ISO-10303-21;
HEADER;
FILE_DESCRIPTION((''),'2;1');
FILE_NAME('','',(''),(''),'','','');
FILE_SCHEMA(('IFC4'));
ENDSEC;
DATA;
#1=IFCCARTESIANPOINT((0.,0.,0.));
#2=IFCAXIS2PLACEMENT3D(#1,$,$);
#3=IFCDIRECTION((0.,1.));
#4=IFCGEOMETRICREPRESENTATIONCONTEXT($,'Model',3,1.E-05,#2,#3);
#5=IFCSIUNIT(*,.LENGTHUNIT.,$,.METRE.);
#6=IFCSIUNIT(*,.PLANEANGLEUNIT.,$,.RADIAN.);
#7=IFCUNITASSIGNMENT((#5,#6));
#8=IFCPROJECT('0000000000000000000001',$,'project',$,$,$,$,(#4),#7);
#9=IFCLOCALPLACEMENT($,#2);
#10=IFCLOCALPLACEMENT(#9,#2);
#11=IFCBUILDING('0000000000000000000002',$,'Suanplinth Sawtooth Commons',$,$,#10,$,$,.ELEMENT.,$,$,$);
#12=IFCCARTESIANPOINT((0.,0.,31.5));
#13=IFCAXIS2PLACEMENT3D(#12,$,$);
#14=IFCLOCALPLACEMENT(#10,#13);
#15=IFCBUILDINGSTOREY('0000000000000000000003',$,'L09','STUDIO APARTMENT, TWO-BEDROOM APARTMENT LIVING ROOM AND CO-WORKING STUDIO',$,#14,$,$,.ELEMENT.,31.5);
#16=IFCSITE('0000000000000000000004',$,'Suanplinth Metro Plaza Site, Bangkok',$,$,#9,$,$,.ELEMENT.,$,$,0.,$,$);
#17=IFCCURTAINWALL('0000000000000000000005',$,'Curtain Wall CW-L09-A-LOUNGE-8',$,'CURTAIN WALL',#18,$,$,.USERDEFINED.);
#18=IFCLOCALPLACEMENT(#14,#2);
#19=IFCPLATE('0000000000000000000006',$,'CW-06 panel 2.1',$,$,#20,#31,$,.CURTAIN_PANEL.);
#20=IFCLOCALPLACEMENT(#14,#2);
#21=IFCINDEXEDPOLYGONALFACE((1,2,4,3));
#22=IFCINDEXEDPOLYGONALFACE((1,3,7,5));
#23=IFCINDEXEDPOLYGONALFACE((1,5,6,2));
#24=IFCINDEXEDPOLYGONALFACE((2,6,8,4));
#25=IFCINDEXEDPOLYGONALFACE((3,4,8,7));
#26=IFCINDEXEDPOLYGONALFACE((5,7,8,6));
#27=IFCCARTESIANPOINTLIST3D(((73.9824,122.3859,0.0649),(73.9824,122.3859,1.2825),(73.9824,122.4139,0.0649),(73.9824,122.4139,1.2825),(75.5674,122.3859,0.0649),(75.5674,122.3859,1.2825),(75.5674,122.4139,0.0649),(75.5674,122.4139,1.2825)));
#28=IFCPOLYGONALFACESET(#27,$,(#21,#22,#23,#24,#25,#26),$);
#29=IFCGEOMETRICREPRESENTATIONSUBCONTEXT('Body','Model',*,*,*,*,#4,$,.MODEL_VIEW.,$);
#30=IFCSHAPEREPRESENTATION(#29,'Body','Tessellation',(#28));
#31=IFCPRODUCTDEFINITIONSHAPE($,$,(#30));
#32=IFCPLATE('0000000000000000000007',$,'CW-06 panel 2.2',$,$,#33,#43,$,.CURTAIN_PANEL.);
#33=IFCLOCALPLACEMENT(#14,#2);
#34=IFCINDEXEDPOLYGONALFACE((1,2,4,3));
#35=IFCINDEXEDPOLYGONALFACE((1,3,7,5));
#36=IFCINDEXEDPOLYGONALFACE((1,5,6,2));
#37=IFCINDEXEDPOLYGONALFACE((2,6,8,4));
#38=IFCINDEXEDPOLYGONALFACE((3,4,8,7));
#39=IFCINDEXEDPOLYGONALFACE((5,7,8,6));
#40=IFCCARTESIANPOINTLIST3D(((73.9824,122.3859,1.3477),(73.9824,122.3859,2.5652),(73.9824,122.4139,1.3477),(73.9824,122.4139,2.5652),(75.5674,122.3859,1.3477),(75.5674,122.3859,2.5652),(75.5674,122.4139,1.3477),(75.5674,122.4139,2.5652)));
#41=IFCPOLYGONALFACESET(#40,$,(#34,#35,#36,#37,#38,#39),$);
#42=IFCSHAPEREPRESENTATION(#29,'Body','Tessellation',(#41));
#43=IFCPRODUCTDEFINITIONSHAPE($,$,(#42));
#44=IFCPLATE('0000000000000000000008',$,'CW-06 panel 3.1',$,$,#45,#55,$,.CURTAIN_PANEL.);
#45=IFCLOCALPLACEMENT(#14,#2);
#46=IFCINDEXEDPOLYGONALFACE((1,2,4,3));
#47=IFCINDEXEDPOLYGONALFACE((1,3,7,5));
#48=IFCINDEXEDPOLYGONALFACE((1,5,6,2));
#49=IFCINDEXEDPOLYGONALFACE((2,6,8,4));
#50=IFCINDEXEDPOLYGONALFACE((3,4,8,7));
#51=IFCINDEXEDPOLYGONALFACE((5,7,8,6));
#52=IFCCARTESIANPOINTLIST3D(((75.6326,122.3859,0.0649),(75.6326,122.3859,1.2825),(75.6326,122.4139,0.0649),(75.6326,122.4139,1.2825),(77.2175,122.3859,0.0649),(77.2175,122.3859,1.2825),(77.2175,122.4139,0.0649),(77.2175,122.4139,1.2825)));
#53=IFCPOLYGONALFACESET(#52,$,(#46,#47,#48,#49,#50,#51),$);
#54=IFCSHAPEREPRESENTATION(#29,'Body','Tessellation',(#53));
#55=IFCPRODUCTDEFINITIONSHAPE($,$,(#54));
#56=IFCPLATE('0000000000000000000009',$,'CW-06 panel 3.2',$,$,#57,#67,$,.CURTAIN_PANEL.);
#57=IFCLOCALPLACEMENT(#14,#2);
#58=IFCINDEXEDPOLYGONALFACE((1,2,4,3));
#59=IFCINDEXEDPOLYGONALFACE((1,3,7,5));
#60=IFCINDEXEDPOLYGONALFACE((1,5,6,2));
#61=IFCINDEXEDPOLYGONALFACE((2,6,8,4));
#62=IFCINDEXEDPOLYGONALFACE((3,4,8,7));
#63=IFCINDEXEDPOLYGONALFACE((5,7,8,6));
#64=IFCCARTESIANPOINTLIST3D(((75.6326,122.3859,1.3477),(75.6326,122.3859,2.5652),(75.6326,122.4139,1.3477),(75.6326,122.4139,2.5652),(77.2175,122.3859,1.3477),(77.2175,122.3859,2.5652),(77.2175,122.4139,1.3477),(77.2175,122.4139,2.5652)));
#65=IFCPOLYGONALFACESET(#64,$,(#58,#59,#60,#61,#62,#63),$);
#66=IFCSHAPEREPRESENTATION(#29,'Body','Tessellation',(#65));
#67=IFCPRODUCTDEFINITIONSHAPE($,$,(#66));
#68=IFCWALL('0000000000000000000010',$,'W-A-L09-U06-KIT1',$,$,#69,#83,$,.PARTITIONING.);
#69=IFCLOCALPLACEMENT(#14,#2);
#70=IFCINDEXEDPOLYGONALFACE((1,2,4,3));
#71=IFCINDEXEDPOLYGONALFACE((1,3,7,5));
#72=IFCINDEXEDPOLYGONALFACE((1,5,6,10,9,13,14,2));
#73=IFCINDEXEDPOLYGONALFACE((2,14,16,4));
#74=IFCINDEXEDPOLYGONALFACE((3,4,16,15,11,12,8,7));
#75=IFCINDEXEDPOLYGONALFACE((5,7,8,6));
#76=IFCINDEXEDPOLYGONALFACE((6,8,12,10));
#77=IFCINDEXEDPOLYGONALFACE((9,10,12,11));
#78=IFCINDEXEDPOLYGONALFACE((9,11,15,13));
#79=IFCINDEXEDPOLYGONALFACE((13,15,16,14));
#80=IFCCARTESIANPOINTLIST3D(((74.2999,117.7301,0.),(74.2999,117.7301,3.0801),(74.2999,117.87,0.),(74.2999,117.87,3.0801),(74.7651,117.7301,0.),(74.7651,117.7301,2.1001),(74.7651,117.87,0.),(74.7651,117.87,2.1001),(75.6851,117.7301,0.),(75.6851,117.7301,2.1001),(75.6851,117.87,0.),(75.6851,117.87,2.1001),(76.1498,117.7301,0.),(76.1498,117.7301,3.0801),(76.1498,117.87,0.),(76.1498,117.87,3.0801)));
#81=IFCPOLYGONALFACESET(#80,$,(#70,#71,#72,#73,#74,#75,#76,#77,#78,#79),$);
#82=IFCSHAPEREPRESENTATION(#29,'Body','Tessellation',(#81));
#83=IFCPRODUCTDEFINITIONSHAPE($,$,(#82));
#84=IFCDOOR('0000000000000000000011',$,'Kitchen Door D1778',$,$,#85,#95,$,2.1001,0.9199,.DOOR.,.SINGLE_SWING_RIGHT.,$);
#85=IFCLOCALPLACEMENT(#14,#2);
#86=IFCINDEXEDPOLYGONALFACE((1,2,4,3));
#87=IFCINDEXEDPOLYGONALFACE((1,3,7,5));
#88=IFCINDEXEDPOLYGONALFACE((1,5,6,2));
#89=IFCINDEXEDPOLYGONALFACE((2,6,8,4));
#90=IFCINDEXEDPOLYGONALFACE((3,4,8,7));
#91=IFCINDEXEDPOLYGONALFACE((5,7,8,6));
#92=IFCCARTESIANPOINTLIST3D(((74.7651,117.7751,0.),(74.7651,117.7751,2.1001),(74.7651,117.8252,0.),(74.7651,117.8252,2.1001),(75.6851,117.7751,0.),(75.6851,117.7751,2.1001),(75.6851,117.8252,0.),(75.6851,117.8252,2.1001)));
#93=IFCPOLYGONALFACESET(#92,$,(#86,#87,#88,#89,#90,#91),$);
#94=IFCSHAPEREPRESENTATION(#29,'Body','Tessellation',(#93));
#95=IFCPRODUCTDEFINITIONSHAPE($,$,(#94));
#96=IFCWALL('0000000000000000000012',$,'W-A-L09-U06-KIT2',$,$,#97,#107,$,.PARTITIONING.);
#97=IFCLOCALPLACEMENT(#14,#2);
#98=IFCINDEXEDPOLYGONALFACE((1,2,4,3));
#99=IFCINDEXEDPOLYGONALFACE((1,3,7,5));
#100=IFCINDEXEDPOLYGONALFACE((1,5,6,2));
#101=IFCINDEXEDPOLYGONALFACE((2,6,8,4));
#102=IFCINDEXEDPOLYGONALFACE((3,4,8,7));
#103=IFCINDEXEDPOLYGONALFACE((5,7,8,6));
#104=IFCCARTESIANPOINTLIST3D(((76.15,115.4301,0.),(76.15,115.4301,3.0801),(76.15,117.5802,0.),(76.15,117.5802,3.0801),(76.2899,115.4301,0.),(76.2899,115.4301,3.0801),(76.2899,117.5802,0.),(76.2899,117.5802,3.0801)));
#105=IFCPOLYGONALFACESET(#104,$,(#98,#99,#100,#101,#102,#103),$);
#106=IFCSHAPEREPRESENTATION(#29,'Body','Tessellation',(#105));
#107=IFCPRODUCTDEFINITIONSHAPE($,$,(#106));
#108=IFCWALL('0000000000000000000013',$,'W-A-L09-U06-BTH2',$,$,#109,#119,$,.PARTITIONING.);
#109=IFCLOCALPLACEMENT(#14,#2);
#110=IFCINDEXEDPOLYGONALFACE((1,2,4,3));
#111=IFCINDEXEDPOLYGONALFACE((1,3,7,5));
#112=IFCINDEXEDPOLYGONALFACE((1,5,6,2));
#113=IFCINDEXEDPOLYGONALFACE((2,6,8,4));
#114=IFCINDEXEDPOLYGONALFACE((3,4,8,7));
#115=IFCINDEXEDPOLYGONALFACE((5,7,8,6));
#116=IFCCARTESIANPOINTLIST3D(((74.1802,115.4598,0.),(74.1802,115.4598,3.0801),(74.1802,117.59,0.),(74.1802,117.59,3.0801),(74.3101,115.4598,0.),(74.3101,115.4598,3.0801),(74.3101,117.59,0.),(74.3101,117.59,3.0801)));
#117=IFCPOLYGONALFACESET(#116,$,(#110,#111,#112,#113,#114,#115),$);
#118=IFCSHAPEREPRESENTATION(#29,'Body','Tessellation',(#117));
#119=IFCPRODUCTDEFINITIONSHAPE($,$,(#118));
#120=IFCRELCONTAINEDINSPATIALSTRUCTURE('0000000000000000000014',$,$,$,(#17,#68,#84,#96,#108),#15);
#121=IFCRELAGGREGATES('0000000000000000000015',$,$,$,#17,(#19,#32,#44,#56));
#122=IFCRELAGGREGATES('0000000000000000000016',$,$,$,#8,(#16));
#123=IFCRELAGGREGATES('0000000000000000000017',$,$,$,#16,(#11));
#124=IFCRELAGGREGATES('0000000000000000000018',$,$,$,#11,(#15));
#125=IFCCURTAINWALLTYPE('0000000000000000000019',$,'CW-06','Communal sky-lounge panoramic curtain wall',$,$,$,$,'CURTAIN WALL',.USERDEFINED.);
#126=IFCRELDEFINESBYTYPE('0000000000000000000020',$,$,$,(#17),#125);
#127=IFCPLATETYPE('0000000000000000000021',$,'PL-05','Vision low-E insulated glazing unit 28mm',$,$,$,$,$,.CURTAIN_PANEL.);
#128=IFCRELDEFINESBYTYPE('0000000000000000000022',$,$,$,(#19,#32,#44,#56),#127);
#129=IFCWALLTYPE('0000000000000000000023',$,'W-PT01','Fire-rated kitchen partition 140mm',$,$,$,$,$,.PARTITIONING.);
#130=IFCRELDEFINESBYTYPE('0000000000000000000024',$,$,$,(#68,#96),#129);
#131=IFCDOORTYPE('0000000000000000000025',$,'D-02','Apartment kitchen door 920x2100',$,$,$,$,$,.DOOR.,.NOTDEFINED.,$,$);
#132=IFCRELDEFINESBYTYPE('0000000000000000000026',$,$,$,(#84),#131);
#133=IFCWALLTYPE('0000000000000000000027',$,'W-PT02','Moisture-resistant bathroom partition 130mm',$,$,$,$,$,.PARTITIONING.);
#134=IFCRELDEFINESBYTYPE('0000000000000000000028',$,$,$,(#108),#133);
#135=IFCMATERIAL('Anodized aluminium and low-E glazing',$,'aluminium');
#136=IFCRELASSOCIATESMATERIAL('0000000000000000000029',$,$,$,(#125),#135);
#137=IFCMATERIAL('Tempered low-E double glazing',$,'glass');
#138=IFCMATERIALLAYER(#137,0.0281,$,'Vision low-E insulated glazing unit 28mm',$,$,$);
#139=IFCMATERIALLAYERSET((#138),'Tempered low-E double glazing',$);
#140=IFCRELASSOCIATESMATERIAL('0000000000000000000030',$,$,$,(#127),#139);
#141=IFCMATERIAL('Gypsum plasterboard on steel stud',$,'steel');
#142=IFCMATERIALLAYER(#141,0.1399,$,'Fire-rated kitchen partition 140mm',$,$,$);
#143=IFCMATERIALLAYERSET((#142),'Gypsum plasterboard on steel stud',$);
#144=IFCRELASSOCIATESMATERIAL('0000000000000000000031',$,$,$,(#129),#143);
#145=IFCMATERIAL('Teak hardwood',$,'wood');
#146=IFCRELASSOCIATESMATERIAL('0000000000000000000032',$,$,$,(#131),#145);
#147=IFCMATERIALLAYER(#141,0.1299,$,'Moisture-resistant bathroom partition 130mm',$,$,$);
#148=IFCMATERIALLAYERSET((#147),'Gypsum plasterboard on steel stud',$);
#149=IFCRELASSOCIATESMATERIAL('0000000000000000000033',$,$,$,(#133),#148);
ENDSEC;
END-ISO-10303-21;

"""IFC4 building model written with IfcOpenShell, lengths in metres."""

from ifc_helpers import new_model, si_unit, direction, frame, frame_2d, origin, origin_2d, place, context, subcontext, project, spatial, rectangle, extrude, material, layer, layer_set, type_object, element, fill, aggregate, save


model = new_model("IFC4")

# Units and contexts
model_context = context("Model", 3, precision=1e-05, world=origin(), true_north=direction((0.0, 1.0)))
body_context = subcontext(model_context, "Body", "Model", "MODEL_VIEW")
ifc_project = project(units=[si_unit("LENGTHUNIT", "METRE"), si_unit("PLANEANGLEUNIT", "RADIAN")], contexts=[model_context])

# Site, building, storey
site_placement = place(None, origin())
site = spatial("IfcSite", under=ifc_project, at=site_placement, Name="Suanplinth Metro Plaza Site, Bangkok", CompositionType="ELEMENT", RefElevation=0.0)
building_placement = place(site_placement, origin())
building = spatial("IfcBuilding", under=site, at=building_placement, Name="Suanplinth Sawtooth Commons", CompositionType="ELEMENT")
storey_placement = place(building_placement, frame((0.0, 0.0, 31.5)))
storey = spatial("IfcBuildingStorey", under=building, at=storey_placement, Name="L09", Description="STUDIO APARTMENT, TWO-BEDROOM APARTMENT LIVING ROOM AND CO-WORKING STUDIO", CompositionType="ELEMENT", Elevation=31.5)

# Curtain wall, plates
ifc_material_1 = material(Name="Anodized aluminium and low-E glazing", Category="aluminium")
curtain_wall_type = type_object("IfcCurtainWallType", Name="CW-06", Description="Communal sky-lounge panoramic curtain wall", ElementType="CURTAIN WALL", PredefinedType="USERDEFINED", material=ifc_material_1)
curtain_wall_placement = place(storey_placement, origin())
curtain_wall = element("IfcCurtainWall", 1, at=curtain_wall_placement, inside=storey, type_object=curtain_wall_type, Name="Curtain Wall CW-L09-A-LOUNGE-8", ObjectType="CURTAIN WALL", PredefinedType="USERDEFINED")
ifc_material_2 = material(Name="Tempered low-E double glazing", Category="glass")
ifc_layer_1 = layer(ifc_material_2, 0.0281, Name="Vision low-E insulated glazing unit 28mm")
ifc_layer_set_1 = layer_set([ifc_layer_1], Name="Tempered low-E double glazing")
plate_type = type_object("IfcPlateType", Name="PL-05", Description="Vision low-E insulated glazing unit 28mm", PredefinedType="CURTAIN_PANEL", material=ifc_layer_set_1)
plate_1_placement = place(storey_placement, frame((74.7749, 122.3999, 0.0649), z_axis=(0.0, 0.0, 1.0), x_axis=(1.0, 0.0, 0.0)))
plate_1 = element("IfcPlate", 2, at=plate_1_placement, type_object=plate_type, Name="CW-06 panel 2.1", PredefinedType="CURTAIN_PANEL", context=body_context, shape_type="SweptSolid", body=[
    extrude(rectangle(XDim=1.585, YDim=0.0281, at=origin_2d()), origin(), (0.0, 0.0, 1.0), 1.2175),
])
plate_2_placement = place(storey_placement, frame((74.7749, 122.3999, 1.3477), z_axis=(0.0, 0.0, 1.0), x_axis=(1.0, 0.0, 0.0)))
plate_2 = element("IfcPlate", 3, at=plate_2_placement, type_object=plate_type, Name="CW-06 panel 2.2", PredefinedType="CURTAIN_PANEL", context=body_context, shape_type="SweptSolid", body=[
    extrude(rectangle(XDim=1.585, YDim=0.0281, at=origin_2d()), origin(), (0.0, 0.0, 1.0), 1.2175),
])
plate_3_placement = place(storey_placement, frame((76.425, 122.3999, 0.0649), z_axis=(0.0, 0.0, 1.0), x_axis=(1.0, 0.0, 0.0)))
plate_3 = element("IfcPlate", 4, at=plate_3_placement, type_object=plate_type, Name="CW-06 panel 3.1", PredefinedType="CURTAIN_PANEL", context=body_context, shape_type="SweptSolid", body=[
    extrude(rectangle(XDim=1.585, YDim=0.0281, at=origin_2d()), origin(), (0.0, 0.0, 1.0), 1.2175),
])
plate_4_placement = place(storey_placement, frame((76.425, 122.3999, 1.3477), z_axis=(0.0, 0.0, 1.0), x_axis=(1.0, 0.0, 0.0)))
plate_4 = element("IfcPlate", 5, at=plate_4_placement, type_object=plate_type, Name="CW-06 panel 3.2", PredefinedType="CURTAIN_PANEL", context=body_context, shape_type="SweptSolid", body=[
    extrude(rectangle(XDim=1.585, YDim=0.0281, at=origin_2d()), origin(), (0.0, 0.0, 1.0), 1.2175),
])
aggregate(curtain_wall, [plate_1, plate_2, plate_3, plate_4])

# Wall, opening, door
ifc_material_3 = material(Name="Gypsum plasterboard on steel stud", Category="steel")
ifc_layer_2 = layer(ifc_material_3, 0.1399, Name="Fire-rated kitchen partition 140mm")
ifc_layer_set_2 = layer_set([ifc_layer_2], Name="Gypsum plasterboard on steel stud")
wall_type_1 = type_object("IfcWallType", Name="W-PT01", Description="Fire-rated kitchen partition 140mm", PredefinedType="PARTITIONING", material=ifc_layer_set_2)
wall_1_placement = place(storey_placement, frame((74.3, 117.8, 0.0), z_axis=(0.0, 0.0, 1.0), x_axis=(1.0, 0.0, 0.0)))
wall_1 = element("IfcWall", 6, at=wall_1_placement, inside=storey, type_object=wall_type_1, Name="W-A-L09-U06-KIT1", PredefinedType="PARTITIONING", context=body_context, shape_type="SweptSolid", body=[
    extrude(rectangle(XDim=1.8499, YDim=0.1399, at=frame_2d((0.9248, 0.0))), origin(), (0.0, 0.0, 1.0), 3.0801),
])
opening_placement = place(wall_1_placement, frame((0.4651, 0.0, 0.0)))
opening = element("IfcOpeningElement", 7, at=opening_placement, cuts=wall_1, PredefinedType="OPENING", context=body_context, shape_type="SweptSolid", body=[
    extrude(rectangle(XDim=0.9199, YDim=2.1001, at=frame_2d((0.46, 1.05))), frame((0.0, 0.085, 0.0), z_axis=(0.0, -1.0, 0.0), x_axis=(1.0, 0.0, 0.0)), (0.0, 0.0, 1.0), 0.1697),
])
ifc_material_4 = material(Name="Teak hardwood", Category="wood")
door_type = type_object("IfcDoorType", Name="D-02", Description="Apartment kitchen door 920x2100", OperationType="NOTDEFINED", PredefinedType="DOOR", material=ifc_material_4)
door_placement = place(opening_placement, frame((0.9199, 0.0, 0.0), z_axis=(0.0, 0.0, 1.0), x_axis=(-1.0, 0.0, 0.0)))
door = element("IfcDoor", 8, at=door_placement, inside=storey, type_object=door_type, Name="Kitchen Door D1778", OperationType="SINGLE_SWING_RIGHT", OverallHeight=2.1001, OverallWidth=0.9199, PredefinedType="DOOR", context=body_context, shape_type="SweptSolid", body=[
    extrude(rectangle(XDim=0.9199, YDim=2.1001, at=frame_2d((0.46, 1.05))), frame((0.0, 0.0249, 0.0), z_axis=(0.0, -1.0, 0.0), x_axis=(1.0, 0.0, 0.0)), (0.0, 0.0, 1.0), 0.05),
])
fill(opening, door)

# Walls
wall_2_placement = place(storey_placement, frame((76.22, 115.4299, 0.0), z_axis=(0.0, 0.0, 1.0), x_axis=(0.0, 1.0, 0.0)))
element("IfcWall", 9, at=wall_2_placement, inside=storey, type_object=wall_type_1, Name="W-A-L09-U06-KIT2", PredefinedType="PARTITIONING", context=body_context, shape_type="SweptSolid", body=[
    extrude(rectangle(XDim=2.1501, YDim=0.1399, at=frame_2d((1.0752, 0.0))), origin(), (0.0, 0.0, 1.0), 3.0801),
])
ifc_layer_3 = layer(ifc_material_3, 0.1299, Name="Moisture-resistant bathroom partition 130mm")
ifc_layer_set_3 = layer_set([ifc_layer_3], Name="Gypsum plasterboard on steel stud")
wall_type_2 = type_object("IfcWallType", Name="W-PT02", Description="Moisture-resistant bathroom partition 130mm", PredefinedType="PARTITIONING", material=ifc_layer_set_3)
wall_3_placement = place(storey_placement, frame((74.2451, 115.46, 0.0), z_axis=(0.0, 0.0, 1.0), x_axis=(0.0, 1.0, 0.0)))
element("IfcWall", 10, at=wall_3_placement, inside=storey, type_object=wall_type_2, Name="W-A-L09-U06-BTH2", PredefinedType="PARTITIONING", context=body_context, shape_type="SweptSolid", body=[
    extrude(rectangle(XDim=2.1301, YDim=0.1299, at=frame_2d((1.0649, 0.0))), origin(), (0.0, 0.0, 1.0), 3.0801),
])

save(model, "model.ifc")
